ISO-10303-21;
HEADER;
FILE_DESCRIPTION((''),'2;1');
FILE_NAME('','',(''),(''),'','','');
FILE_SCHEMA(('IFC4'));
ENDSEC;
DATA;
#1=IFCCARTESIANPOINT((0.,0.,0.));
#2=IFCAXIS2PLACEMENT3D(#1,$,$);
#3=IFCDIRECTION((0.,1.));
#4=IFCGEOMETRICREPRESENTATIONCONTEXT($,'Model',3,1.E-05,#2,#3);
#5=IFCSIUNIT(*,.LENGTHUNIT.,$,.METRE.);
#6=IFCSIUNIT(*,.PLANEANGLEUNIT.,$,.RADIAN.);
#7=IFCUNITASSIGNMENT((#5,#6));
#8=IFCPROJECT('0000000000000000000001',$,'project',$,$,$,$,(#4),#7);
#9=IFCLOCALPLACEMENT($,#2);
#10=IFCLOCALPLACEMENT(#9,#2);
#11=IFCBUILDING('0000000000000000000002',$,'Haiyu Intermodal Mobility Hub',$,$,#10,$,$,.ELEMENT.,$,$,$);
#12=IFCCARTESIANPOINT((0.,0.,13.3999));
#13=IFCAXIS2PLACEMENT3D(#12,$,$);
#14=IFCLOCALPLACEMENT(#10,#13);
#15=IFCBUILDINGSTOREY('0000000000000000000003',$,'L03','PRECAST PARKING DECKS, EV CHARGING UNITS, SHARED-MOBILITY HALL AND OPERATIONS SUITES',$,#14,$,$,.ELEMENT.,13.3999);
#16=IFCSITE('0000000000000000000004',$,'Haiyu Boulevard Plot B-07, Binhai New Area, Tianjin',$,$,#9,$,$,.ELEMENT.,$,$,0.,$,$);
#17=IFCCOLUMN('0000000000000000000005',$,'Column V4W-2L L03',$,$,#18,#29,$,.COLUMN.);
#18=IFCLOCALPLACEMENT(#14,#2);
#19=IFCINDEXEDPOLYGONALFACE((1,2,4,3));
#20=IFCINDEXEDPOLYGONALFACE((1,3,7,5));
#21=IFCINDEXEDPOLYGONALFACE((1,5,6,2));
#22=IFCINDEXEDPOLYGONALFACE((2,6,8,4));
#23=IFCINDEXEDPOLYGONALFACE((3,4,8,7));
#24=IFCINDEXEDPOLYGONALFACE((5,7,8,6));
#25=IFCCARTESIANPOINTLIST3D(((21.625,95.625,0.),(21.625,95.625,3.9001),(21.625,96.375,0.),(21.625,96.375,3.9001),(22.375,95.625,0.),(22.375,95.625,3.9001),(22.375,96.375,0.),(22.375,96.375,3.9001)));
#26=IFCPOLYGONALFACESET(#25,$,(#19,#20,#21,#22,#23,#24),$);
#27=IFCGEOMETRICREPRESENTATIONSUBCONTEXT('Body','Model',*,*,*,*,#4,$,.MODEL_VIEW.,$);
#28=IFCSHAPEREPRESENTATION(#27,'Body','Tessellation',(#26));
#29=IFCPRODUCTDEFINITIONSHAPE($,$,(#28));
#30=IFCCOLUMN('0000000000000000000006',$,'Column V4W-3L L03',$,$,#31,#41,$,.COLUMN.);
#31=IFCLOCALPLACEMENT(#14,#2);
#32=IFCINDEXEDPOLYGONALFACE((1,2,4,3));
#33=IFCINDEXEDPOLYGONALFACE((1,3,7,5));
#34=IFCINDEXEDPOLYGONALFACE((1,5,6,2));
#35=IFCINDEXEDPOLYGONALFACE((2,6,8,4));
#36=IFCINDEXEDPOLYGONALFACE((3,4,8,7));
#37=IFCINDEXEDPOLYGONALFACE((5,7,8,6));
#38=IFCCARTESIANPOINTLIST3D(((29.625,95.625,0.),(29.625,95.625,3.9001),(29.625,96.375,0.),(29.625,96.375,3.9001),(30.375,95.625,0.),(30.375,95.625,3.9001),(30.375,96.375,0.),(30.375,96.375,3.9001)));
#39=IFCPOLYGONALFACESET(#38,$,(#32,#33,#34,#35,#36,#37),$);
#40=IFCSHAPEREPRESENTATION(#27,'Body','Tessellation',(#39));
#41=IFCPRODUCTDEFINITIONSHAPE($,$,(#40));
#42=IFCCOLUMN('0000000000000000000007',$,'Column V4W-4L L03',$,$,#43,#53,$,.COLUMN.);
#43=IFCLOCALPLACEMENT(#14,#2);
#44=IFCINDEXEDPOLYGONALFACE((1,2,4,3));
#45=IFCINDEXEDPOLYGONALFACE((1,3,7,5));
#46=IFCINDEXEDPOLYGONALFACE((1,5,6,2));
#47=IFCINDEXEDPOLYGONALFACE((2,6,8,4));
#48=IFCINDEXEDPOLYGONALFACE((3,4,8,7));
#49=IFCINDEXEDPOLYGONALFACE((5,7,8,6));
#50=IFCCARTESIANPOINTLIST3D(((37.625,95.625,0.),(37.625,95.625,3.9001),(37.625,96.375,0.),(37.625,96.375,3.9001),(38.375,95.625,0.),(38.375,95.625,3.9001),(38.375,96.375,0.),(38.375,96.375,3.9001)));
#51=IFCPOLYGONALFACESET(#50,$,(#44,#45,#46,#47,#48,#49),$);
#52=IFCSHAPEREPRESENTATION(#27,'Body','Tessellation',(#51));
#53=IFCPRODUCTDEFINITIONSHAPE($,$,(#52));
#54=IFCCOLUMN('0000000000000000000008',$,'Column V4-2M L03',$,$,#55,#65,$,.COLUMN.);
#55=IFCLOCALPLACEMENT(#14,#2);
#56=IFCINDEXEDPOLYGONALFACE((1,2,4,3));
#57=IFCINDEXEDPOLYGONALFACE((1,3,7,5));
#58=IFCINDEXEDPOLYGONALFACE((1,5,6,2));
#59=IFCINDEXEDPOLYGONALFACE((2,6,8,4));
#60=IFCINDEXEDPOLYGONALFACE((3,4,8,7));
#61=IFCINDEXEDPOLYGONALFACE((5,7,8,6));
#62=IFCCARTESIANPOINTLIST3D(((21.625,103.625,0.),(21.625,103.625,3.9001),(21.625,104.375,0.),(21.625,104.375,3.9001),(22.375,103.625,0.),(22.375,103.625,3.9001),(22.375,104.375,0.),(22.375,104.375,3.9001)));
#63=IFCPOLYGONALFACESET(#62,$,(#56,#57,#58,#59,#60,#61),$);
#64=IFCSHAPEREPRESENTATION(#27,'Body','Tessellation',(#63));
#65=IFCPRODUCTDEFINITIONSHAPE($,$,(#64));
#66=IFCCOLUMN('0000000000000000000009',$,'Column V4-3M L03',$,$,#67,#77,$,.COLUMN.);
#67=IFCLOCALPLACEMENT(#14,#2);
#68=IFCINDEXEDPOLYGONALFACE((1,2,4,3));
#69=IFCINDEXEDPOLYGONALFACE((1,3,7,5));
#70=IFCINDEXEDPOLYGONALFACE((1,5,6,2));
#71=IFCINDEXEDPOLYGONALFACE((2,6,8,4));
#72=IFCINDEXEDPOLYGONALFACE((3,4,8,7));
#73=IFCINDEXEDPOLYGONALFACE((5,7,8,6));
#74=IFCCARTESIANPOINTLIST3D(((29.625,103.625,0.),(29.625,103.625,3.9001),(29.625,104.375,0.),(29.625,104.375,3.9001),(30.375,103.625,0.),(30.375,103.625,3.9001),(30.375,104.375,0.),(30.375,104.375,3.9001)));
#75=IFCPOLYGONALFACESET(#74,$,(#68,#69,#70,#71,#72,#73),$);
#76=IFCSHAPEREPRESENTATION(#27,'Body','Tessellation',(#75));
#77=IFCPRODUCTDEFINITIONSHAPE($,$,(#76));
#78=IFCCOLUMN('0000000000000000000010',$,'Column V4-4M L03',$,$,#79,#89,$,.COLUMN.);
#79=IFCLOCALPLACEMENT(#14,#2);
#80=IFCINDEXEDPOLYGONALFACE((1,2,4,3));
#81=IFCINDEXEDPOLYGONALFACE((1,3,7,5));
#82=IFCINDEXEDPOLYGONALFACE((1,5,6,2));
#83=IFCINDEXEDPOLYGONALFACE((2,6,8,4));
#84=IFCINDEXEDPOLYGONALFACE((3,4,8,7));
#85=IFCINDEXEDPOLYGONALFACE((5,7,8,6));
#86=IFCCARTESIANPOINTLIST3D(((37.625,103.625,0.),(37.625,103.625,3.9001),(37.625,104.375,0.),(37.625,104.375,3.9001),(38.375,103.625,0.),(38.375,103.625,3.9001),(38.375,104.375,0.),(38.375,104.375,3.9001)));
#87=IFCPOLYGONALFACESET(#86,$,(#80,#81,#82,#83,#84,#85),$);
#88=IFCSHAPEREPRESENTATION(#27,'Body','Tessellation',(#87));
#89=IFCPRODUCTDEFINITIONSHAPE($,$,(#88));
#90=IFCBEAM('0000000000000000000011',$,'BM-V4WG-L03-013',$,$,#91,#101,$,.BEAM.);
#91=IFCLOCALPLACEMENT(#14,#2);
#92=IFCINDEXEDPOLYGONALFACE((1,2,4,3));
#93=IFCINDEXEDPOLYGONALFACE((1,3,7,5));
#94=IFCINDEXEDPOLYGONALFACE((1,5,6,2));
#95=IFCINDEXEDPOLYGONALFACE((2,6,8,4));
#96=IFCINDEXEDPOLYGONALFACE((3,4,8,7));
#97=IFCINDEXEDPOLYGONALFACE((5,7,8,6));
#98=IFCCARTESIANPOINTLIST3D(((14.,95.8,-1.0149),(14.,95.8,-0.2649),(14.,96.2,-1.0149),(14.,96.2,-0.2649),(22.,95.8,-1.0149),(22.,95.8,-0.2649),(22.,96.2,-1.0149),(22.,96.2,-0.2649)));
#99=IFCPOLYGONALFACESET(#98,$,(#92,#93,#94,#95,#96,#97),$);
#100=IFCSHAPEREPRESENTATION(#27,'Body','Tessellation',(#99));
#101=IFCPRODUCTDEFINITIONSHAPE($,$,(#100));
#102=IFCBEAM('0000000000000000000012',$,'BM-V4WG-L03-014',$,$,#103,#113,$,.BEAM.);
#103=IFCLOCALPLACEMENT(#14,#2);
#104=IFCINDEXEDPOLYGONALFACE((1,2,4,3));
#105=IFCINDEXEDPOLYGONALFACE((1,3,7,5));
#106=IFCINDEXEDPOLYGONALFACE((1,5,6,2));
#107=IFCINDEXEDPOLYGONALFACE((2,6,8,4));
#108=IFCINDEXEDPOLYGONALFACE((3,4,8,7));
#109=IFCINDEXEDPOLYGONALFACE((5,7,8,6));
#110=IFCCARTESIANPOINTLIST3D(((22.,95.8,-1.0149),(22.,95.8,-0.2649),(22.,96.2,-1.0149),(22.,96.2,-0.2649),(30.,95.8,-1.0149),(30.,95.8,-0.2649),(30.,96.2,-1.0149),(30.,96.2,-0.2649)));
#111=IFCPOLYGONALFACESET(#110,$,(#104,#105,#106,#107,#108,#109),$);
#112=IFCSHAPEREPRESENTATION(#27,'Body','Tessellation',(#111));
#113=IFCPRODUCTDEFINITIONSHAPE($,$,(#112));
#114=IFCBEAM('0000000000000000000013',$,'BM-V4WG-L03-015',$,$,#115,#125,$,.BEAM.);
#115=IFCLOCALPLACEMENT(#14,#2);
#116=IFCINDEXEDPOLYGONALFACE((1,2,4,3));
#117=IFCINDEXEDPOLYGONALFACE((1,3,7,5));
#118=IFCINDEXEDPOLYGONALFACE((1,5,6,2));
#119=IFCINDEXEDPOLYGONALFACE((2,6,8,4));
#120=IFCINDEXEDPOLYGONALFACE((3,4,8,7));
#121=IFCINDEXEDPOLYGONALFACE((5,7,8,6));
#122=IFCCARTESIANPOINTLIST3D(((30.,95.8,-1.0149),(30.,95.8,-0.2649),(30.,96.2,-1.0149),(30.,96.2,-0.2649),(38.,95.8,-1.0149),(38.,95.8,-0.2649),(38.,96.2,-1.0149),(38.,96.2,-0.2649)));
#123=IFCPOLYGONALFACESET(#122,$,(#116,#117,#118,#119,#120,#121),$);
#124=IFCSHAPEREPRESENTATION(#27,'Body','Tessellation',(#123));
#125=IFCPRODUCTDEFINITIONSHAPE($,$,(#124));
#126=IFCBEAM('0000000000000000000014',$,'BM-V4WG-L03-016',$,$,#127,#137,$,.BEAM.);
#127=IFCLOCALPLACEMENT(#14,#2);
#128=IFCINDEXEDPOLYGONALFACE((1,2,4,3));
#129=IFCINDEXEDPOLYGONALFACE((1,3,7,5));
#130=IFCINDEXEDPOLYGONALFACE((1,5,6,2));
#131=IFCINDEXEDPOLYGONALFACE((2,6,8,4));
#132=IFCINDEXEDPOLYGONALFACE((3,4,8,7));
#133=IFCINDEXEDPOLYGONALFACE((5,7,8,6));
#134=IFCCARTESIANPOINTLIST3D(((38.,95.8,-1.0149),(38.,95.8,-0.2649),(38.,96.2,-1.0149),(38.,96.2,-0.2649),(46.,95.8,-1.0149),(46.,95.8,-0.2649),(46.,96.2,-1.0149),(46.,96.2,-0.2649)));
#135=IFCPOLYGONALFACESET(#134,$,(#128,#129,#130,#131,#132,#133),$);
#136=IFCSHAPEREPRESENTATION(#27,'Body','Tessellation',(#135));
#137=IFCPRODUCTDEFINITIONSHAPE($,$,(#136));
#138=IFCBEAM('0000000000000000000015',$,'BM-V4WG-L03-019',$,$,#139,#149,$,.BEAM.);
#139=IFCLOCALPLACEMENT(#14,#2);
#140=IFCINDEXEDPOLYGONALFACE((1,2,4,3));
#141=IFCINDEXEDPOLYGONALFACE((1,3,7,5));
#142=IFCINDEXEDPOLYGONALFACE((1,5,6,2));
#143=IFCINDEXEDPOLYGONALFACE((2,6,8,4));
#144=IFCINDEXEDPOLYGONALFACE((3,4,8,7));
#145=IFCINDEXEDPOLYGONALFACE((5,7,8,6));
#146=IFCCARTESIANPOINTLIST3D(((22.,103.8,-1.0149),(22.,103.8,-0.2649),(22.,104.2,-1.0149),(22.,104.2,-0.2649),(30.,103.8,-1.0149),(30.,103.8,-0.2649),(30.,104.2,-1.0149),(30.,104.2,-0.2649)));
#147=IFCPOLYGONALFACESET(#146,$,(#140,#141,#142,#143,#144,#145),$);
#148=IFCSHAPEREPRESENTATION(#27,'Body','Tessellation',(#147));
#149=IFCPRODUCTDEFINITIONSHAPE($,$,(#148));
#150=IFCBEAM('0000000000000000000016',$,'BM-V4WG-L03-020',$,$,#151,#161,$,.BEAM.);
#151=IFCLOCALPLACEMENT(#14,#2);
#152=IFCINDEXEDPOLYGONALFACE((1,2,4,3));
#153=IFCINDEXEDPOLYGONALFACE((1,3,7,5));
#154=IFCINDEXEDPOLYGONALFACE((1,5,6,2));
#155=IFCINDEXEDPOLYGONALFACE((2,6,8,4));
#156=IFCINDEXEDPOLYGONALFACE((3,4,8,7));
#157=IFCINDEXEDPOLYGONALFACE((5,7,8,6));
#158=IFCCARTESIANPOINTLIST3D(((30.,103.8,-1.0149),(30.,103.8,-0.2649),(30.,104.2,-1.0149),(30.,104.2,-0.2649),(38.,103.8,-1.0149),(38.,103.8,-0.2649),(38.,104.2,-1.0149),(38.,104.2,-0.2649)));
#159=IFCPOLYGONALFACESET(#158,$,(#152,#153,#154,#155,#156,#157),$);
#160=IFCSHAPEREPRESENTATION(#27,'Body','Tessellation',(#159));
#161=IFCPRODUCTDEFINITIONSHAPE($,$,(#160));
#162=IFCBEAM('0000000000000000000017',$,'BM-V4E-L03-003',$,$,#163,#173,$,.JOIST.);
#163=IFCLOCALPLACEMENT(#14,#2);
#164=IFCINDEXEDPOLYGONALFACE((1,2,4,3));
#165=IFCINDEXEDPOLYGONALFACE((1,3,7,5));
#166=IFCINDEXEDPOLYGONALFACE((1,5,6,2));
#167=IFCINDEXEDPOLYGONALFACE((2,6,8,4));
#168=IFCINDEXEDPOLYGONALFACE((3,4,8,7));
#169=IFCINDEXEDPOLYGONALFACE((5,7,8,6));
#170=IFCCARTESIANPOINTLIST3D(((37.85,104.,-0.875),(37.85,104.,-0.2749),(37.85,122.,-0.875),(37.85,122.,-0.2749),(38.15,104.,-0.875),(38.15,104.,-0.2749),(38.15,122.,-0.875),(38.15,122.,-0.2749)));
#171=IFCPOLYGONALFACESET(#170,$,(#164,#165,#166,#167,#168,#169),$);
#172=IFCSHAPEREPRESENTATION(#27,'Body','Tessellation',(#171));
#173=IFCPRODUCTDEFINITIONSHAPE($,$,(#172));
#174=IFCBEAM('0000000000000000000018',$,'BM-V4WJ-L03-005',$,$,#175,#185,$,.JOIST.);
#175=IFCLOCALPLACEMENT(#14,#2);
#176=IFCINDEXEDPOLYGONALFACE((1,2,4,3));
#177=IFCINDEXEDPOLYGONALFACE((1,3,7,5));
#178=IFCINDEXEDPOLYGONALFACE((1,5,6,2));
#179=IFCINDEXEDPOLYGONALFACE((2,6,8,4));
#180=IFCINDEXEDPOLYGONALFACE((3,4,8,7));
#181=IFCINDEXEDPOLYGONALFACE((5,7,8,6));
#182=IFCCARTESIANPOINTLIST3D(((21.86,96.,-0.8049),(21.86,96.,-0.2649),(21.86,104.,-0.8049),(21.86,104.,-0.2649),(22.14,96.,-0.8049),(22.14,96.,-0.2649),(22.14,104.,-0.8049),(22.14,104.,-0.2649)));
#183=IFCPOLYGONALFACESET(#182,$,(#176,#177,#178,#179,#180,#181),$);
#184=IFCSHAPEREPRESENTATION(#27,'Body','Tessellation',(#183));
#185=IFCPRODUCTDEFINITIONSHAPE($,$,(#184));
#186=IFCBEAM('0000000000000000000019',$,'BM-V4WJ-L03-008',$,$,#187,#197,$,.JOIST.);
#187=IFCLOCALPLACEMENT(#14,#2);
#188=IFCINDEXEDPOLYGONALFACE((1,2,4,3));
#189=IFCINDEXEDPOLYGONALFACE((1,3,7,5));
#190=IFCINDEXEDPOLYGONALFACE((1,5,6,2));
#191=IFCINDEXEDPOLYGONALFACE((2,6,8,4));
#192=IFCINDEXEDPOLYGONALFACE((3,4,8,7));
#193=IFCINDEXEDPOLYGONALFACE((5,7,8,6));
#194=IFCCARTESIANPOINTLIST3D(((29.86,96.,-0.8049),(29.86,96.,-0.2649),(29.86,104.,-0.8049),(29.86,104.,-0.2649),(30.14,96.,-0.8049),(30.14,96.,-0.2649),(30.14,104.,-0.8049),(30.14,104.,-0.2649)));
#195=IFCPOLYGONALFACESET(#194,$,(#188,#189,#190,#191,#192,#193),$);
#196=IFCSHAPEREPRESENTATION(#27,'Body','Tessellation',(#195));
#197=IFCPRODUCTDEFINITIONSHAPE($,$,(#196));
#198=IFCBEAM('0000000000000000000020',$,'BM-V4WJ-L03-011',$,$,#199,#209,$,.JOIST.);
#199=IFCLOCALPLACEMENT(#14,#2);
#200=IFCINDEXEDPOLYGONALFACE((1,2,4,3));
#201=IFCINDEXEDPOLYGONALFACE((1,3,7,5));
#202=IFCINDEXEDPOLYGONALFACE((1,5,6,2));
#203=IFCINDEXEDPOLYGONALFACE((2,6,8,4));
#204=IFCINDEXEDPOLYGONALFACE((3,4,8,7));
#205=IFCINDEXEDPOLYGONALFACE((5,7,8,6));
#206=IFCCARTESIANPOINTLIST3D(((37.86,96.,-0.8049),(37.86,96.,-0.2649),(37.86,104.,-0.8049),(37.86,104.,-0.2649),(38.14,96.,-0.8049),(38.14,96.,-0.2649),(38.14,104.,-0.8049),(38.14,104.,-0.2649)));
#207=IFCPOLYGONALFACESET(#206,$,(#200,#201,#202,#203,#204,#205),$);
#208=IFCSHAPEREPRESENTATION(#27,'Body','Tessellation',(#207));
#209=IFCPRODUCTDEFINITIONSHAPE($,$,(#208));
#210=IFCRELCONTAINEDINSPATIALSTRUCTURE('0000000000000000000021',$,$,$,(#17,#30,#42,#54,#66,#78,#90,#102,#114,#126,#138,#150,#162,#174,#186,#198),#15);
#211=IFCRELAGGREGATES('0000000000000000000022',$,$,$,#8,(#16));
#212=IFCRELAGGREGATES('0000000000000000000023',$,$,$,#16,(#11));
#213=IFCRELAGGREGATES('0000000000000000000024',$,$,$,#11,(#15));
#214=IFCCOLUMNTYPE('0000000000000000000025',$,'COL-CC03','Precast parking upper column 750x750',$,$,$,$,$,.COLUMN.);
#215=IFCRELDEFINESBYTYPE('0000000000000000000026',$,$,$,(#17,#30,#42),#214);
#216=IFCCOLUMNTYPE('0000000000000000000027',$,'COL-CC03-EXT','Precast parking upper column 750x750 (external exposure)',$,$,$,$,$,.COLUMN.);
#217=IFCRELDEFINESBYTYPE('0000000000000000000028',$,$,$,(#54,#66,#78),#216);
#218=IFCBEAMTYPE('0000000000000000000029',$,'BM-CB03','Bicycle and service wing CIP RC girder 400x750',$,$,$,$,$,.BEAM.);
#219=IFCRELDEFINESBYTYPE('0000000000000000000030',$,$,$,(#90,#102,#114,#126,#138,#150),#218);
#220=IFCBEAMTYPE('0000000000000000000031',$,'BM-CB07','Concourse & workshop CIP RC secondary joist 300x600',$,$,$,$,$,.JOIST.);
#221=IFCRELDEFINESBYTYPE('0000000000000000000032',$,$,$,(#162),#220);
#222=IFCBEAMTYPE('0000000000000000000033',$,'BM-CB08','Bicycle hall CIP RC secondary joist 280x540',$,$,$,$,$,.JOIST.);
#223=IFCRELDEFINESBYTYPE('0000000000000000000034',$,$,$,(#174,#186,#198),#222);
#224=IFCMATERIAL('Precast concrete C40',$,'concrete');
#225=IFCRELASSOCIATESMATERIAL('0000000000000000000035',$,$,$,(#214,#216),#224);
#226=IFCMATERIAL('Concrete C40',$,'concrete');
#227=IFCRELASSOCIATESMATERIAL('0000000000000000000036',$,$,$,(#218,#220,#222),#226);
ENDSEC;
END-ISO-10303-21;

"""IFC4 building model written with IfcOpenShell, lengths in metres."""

from ifc_helpers import new_model, si_unit, direction, frame, origin, origin_2d, place, context, subcontext, project, spatial, rectangle, extrude, material, material_profile, profile_set, type_object, element, save


model = new_model("IFC4")

# Units and contexts
model_context = context("Model", 3, precision=1e-05, world=origin(), true_north=direction((0.0, 1.0)))
body_context = subcontext(model_context, "Body", "Model", "MODEL_VIEW")
ifc_project = project(units=[si_unit("LENGTHUNIT", "METRE"), si_unit("PLANEANGLEUNIT", "RADIAN")], contexts=[model_context])

# Site, building, storey
site_placement = place(None, origin())
site = spatial("IfcSite", under=ifc_project, at=site_placement, Name="Haiyu Boulevard Plot B-07, Binhai New Area, Tianjin", CompositionType="ELEMENT", RefElevation=0.0)
building_placement = place(site_placement, origin())
building = spatial("IfcBuilding", under=site, at=building_placement, Name="Haiyu Intermodal Mobility Hub", CompositionType="ELEMENT")
storey_placement = place(building_placement, frame((0.0, 0.0, 13.3999)))
storey = spatial("IfcBuildingStorey", under=building, at=storey_placement, Name="L03", Description="PRECAST PARKING DECKS, EV CHARGING UNITS, SHARED-MOBILITY HALL AND OPERATIONS SUITES", CompositionType="ELEMENT", Elevation=13.3999)

# Columns
ifc_material_1 = material(Name="Precast concrete C40", Category="concrete")
ifc_material_profile_1 = material_profile(ifc_material_1, rectangle(XDim=0.75, YDim=0.75, at=origin_2d()), Name="RC750x750")
ifc_profile_set_1 = profile_set([ifc_material_profile_1], Name="Precast concrete C40")
column_type_1 = type_object("IfcColumnType", Name="COL-CC03", Description="Precast parking upper column 750x750", PredefinedType="COLUMN", material=ifc_profile_set_1)
for number, where, z_axis, x_axis, name in (
    (1, (22.0, 96.0, 0.0), (0.0, 0.0, 1.0), (1.0, 0.0, 0.0), "Column V4W-2L L03"),
    (2, (30.0, 96.0, 0.0), (0.0, 0.0, 1.0), (1.0, 0.0, 0.0), "Column V4W-3L L03"),
    (3, (38.0, 96.0, 0.0), (0.0, 0.0, 1.0), (1.0, 0.0, 0.0), "Column V4W-4L L03"),
):
    element("IfcColumn", number, at=place(storey_placement, frame(where, z_axis=z_axis, x_axis=x_axis)), inside=storey, type_object=column_type_1, Name=name, PredefinedType="COLUMN", context=body_context, shape_type="SweptSolid", body=[
        extrude(rectangle(XDim=0.75, YDim=0.75, at=origin_2d()), origin(), (0.0, 0.0, 1.0), 3.9001),
    ])
ifc_material_profile_2 = material_profile(ifc_material_1, rectangle(XDim=0.75, YDim=0.75, at=origin_2d()), Name="RC750x750")
ifc_profile_set_2 = profile_set([ifc_material_profile_2], Name="Precast concrete C40")
column_type_2 = type_object("IfcColumnType", Name="COL-CC03-EXT", Description="Precast parking upper column 750x750 (external exposure)", PredefinedType="COLUMN", material=ifc_profile_set_2)
for number, where, z_axis, x_axis, name in (
    (4, (22.0, 104.0, 0.0), (0.0, 0.0, 1.0), (1.0, 0.0, 0.0), "Column V4-2M L03"),
    (5, (30.0, 104.0, 0.0), (0.0, 0.0, 1.0), (1.0, 0.0, 0.0), "Column V4-3M L03"),
    (6, (38.0, 104.0, 0.0), (0.0, 0.0, 1.0), (1.0, 0.0, 0.0), "Column V4-4M L03"),
):
    element("IfcColumn", number, at=place(storey_placement, frame(where, z_axis=z_axis, x_axis=x_axis)), inside=storey, type_object=column_type_2, Name=name, PredefinedType="COLUMN", context=body_context, shape_type="SweptSolid", body=[
        extrude(rectangle(XDim=0.75, YDim=0.75, at=origin_2d()), origin(), (0.0, 0.0, 1.0), 3.9001),
    ])

# Beams
ifc_material_2 = material(Name="Concrete C40", Category="concrete")
ifc_material_profile_3 = material_profile(ifc_material_2, rectangle(XDim=0.3999, YDim=0.75, at=origin_2d()), Name="RCB400x750")
ifc_profile_set_3 = profile_set([ifc_material_profile_3], Name="Concrete C40")
beam_type_1 = type_object("IfcBeamType", Name="BM-CB03", Description="Bicycle and service wing CIP RC girder 400x750", PredefinedType="BEAM", material=ifc_profile_set_3)
for number, where, z_axis, x_axis, name in (
    (7, (14.0, 96.0, -0.6399), (1.0, 0.0, 0.0), (0.0, 1.0, 0.0), "BM-V4WG-L03-013"),
    (8, (22.0, 96.0, -0.6399), (1.0, 0.0, 0.0), (0.0, 1.0, 0.0), "BM-V4WG-L03-014"),
    (9, (30.0, 96.0, -0.6399), (1.0, 0.0, 0.0), (0.0, 1.0, 0.0), "BM-V4WG-L03-015"),
    (10, (38.0, 96.0, -0.6399), (1.0, 0.0, 0.0), (0.0, 1.0, 0.0), "BM-V4WG-L03-016"),
    (11, (22.0, 104.0, -0.6399), (1.0, 0.0, 0.0), (0.0, 1.0, 0.0), "BM-V4WG-L03-019"),
    (12, (30.0, 104.0, -0.6399), (1.0, 0.0, 0.0), (0.0, 1.0, 0.0), "BM-V4WG-L03-020"),
):
    element("IfcBeam", number, at=place(storey_placement, frame(where, z_axis=z_axis, x_axis=x_axis)), inside=storey, type_object=beam_type_1, Name=name, PredefinedType="BEAM", context=body_context, shape_type="SweptSolid", body=[
        extrude(rectangle(XDim=0.3999, YDim=0.75, at=origin_2d()), origin(), (0.0, 0.0, 1.0), 8.0),
    ])
ifc_material_profile_4 = material_profile(ifc_material_2, rectangle(XDim=0.3, YDim=0.6001, at=origin_2d()), Name="RCB300x600")
ifc_profile_set_4 = profile_set([ifc_material_profile_4], Name="Concrete C40")
beam_type_2 = type_object("IfcBeamType", Name="BM-CB07", Description="Concourse & workshop CIP RC secondary joist 300x600", PredefinedType="JOIST", material=ifc_profile_set_4)
beam_1_placement = place(storey_placement, frame((38.0, 104.0, -0.575), z_axis=(0.0, 1.0, 0.0), x_axis=(-1.0, 0.0, 0.0)))
element("IfcBeam", 13, at=beam_1_placement, inside=storey, type_object=beam_type_2, Name="BM-V4E-L03-003", PredefinedType="JOIST", context=body_context, shape_type="SweptSolid", body=[
    extrude(rectangle(XDim=0.3, YDim=0.6001, at=origin_2d()), origin(), (0.0, 0.0, 1.0), 18.0),
])
ifc_material_profile_5 = material_profile(ifc_material_2, rectangle(XDim=0.28, YDim=0.54, at=origin_2d()), Name="RCB280x540")
ifc_profile_set_5 = profile_set([ifc_material_profile_5], Name="Concrete C40")
beam_type_3 = type_object("IfcBeamType", Name="BM-CB08", Description="Bicycle hall CIP RC secondary joist 280x540", PredefinedType="JOIST", material=ifc_profile_set_5)
for number, where, z_axis, x_axis, name in (
    (14, (22.0, 96.0, -0.5349), (0.0, 1.0, 0.0), (-1.0, 0.0, 0.0), "BM-V4WJ-L03-005"),
    (15, (30.0, 96.0, -0.5349), (0.0, 1.0, 0.0), (-1.0, 0.0, 0.0), "BM-V4WJ-L03-008"),
    (16, (38.0, 96.0, -0.5349), (0.0, 1.0, 0.0), (-1.0, 0.0, 0.0), "BM-V4WJ-L03-011"),
):
    element("IfcBeam", number, at=place(storey_placement, frame(where, z_axis=z_axis, x_axis=x_axis)), inside=storey, type_object=beam_type_3, Name=name, PredefinedType="JOIST", context=body_context, shape_type="SweptSolid", body=[
        extrude(rectangle(XDim=0.28, YDim=0.54, at=origin_2d()), origin(), (0.0, 0.0, 1.0), 8.0),
    ])

save(model, "model.ifc")
